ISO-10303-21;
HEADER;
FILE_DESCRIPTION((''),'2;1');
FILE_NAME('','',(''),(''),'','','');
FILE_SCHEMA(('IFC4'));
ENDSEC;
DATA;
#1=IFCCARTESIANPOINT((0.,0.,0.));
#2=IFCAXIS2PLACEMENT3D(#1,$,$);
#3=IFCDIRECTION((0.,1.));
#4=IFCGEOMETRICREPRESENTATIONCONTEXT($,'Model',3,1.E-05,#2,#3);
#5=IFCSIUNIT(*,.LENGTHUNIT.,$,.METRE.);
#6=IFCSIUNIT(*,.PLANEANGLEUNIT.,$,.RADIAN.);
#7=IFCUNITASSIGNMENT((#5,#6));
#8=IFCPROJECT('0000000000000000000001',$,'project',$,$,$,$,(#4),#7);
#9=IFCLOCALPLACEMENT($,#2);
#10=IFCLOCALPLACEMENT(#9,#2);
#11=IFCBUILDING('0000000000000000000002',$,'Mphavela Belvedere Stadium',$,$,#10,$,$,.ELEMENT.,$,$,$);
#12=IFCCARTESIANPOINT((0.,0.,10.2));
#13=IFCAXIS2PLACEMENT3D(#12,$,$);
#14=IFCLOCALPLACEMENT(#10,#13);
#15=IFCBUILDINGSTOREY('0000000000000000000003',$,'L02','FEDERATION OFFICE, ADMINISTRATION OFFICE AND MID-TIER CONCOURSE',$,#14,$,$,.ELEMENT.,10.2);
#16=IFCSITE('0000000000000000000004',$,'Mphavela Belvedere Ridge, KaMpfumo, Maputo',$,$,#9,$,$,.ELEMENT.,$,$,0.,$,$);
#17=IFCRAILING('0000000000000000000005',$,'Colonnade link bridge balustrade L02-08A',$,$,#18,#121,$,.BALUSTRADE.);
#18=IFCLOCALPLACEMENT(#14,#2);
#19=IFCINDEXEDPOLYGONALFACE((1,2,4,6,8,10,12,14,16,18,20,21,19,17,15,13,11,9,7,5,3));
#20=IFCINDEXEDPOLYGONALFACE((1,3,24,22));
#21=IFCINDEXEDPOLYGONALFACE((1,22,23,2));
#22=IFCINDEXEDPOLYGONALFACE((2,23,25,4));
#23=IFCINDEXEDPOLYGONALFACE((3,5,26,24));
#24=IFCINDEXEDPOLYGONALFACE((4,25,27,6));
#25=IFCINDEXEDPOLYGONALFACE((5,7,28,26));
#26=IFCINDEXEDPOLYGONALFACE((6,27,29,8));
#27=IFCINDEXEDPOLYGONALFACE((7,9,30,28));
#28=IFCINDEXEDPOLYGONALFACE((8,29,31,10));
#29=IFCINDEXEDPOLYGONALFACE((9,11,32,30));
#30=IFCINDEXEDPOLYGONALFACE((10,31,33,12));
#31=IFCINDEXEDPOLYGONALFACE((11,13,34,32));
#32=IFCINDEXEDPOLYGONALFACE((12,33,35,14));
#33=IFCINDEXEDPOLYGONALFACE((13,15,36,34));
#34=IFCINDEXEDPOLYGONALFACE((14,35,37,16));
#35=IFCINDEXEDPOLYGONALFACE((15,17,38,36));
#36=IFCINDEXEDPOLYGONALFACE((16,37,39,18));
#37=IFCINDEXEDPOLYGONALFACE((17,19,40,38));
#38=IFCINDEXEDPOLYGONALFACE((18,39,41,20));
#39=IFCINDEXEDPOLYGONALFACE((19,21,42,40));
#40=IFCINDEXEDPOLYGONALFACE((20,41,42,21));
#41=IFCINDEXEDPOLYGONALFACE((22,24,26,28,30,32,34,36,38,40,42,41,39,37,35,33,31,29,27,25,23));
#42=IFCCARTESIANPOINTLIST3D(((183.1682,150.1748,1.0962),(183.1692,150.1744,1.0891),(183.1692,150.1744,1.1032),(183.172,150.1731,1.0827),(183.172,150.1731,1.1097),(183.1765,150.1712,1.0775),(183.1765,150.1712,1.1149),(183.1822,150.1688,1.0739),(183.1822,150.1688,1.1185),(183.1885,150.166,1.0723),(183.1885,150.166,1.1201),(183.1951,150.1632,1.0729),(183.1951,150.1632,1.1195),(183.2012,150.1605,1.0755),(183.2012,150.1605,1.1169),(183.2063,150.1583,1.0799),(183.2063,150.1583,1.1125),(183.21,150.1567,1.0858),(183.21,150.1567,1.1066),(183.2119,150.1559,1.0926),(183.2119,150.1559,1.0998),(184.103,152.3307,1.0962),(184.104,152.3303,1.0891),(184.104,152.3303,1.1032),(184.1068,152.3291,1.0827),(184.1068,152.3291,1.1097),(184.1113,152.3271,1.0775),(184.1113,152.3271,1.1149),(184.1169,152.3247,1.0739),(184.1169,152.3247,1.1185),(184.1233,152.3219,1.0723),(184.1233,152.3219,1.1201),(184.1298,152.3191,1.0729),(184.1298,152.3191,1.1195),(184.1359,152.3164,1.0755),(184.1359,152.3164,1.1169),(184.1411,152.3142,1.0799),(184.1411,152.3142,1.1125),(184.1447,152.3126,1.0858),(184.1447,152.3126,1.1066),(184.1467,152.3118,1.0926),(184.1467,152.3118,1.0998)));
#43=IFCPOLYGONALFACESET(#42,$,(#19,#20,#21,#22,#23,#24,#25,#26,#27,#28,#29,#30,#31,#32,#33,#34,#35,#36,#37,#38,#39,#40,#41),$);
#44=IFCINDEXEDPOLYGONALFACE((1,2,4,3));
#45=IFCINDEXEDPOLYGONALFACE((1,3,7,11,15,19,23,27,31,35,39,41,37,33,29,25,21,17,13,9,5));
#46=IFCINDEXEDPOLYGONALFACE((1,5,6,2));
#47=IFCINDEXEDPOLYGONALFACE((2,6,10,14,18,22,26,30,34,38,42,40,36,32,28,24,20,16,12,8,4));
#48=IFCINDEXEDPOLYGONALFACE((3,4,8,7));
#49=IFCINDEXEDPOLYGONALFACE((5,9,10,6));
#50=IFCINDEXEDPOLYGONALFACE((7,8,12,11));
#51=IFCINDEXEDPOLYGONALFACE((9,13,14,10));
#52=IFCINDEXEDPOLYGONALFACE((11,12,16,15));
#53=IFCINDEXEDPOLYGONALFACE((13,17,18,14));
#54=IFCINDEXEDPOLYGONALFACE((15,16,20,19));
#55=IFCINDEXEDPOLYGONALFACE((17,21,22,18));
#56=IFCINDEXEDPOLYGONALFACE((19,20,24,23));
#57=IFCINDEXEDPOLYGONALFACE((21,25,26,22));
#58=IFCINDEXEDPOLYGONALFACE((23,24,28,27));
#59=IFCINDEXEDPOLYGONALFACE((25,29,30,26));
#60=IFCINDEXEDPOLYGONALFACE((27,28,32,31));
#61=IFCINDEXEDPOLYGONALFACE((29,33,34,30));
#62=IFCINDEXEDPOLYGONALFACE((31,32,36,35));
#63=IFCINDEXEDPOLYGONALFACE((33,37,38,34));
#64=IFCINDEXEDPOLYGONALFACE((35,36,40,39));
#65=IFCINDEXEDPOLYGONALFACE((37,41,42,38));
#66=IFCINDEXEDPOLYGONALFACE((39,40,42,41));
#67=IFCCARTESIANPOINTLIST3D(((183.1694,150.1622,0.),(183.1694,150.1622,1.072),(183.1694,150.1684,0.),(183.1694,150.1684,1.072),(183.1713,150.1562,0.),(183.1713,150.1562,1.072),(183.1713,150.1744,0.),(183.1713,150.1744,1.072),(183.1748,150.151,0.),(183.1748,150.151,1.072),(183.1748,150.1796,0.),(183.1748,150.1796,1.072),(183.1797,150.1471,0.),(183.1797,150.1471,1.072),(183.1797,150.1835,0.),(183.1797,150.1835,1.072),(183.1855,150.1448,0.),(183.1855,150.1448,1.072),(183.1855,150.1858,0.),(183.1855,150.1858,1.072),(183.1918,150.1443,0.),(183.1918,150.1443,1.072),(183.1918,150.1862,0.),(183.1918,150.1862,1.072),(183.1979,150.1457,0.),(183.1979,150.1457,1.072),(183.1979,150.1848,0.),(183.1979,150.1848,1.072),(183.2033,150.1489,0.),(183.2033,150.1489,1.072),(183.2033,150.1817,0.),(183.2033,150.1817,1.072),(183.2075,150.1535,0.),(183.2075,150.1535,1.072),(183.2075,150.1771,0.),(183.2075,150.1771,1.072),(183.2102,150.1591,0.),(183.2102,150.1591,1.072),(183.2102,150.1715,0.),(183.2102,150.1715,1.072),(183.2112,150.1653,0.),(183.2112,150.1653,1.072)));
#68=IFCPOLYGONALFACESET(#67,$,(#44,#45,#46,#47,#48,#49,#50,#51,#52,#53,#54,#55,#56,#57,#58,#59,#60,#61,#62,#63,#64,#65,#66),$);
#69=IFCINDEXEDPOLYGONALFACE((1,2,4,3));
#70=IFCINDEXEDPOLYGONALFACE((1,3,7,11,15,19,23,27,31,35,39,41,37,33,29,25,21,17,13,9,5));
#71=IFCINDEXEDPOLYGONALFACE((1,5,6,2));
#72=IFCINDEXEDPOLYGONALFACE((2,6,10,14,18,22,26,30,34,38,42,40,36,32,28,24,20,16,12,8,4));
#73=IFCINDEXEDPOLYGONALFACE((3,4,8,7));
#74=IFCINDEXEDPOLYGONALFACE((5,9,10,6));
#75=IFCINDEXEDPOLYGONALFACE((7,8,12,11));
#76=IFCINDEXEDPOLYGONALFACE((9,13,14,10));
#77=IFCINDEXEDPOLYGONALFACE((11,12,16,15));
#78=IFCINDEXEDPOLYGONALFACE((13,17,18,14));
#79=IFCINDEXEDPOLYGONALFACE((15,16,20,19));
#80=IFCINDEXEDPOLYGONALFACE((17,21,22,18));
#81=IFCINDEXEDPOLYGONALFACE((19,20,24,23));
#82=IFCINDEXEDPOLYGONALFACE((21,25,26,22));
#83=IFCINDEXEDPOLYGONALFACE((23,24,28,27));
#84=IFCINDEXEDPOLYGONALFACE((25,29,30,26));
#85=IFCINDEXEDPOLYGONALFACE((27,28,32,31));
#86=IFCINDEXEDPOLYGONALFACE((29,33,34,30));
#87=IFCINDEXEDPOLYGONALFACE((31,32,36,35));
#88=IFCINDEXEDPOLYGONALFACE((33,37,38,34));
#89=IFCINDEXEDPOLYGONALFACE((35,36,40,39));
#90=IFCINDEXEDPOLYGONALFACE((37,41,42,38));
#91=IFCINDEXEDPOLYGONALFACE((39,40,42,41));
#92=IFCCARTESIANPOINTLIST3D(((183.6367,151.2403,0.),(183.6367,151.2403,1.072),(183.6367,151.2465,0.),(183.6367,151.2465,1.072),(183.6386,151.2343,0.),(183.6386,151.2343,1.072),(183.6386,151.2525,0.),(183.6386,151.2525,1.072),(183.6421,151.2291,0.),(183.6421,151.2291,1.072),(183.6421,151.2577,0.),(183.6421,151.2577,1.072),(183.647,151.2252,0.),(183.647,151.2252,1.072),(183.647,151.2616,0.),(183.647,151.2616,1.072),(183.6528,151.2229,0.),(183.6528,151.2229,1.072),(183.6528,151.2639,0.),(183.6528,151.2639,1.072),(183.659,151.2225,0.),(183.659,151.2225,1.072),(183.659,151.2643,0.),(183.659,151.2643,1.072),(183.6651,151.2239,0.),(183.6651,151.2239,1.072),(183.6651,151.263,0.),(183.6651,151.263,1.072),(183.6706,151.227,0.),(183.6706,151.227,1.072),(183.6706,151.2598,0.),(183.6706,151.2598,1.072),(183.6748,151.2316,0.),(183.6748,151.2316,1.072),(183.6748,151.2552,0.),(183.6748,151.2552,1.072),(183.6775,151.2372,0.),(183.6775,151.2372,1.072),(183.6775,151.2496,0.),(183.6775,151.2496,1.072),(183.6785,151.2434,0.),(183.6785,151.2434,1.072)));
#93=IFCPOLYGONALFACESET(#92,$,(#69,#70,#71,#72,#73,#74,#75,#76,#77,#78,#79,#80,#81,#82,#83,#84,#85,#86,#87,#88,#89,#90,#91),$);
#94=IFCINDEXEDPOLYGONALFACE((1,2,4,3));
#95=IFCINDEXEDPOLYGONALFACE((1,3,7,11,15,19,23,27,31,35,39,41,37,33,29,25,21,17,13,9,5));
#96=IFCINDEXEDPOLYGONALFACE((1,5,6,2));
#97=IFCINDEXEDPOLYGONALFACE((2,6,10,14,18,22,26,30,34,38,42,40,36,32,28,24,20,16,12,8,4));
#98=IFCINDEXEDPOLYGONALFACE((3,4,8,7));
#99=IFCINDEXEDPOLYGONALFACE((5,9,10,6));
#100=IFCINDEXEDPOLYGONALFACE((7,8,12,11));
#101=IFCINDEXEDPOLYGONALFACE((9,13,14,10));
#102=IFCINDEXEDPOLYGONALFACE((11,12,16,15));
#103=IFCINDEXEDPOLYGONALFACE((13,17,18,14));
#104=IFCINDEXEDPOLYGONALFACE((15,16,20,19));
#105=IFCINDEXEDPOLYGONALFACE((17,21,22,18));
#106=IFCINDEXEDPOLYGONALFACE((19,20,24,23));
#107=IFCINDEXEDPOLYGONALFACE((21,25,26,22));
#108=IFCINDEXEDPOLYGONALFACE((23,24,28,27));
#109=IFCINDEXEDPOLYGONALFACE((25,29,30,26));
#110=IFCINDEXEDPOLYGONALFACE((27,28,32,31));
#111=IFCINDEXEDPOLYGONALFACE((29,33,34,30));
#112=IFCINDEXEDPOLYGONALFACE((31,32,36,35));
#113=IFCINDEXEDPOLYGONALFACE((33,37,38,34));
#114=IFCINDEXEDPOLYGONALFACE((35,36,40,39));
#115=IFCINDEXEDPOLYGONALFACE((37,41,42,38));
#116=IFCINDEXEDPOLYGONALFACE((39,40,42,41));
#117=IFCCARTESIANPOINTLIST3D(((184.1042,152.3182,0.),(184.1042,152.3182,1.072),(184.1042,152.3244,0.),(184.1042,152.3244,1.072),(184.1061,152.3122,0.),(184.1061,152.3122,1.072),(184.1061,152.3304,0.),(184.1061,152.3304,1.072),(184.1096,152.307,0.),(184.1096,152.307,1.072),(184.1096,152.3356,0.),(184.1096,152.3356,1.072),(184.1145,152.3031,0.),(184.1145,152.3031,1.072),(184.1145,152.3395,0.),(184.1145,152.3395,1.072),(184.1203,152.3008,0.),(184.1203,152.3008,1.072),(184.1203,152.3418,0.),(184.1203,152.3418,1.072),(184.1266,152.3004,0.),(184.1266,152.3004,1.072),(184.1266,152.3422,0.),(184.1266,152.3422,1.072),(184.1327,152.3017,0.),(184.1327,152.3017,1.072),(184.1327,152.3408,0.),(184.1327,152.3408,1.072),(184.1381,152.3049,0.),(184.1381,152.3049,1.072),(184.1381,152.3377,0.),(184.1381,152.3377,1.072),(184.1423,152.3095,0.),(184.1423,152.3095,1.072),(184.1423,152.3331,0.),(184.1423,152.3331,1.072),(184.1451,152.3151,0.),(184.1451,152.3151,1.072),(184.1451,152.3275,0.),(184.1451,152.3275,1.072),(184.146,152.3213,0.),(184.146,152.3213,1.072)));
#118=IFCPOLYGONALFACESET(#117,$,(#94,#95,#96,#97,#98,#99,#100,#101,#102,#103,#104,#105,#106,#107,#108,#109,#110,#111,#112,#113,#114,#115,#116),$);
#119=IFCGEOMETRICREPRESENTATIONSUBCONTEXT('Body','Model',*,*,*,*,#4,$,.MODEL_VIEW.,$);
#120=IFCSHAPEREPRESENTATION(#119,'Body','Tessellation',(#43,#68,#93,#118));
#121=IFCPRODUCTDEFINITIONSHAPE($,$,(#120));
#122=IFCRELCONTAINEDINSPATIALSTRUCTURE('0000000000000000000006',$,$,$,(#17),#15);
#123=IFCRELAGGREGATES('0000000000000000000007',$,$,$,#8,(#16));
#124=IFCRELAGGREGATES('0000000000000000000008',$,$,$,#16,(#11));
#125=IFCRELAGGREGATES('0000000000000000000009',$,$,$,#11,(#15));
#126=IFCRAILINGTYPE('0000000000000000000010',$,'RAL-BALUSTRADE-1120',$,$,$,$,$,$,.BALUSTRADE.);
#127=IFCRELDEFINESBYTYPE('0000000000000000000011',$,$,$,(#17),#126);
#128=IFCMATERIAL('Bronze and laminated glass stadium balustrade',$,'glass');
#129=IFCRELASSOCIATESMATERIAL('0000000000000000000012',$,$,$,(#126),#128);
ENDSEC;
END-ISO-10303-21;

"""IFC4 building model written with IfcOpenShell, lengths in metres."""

from ifc_helpers import new_model, si_unit, direction, frame, origin, origin_2d, place, context, subcontext, project, spatial, circle, extrude, material, type_object, element, save


model = new_model("IFC4")

# Units and contexts
model_context = context("Model", 3, precision=1e-05, world=origin(), true_north=direction((0.0, 1.0)))
body_context = subcontext(model_context, "Body", "Model", "MODEL_VIEW")
ifc_project = project(units=[si_unit("LENGTHUNIT", "METRE"), si_unit("PLANEANGLEUNIT", "RADIAN")], contexts=[model_context])

# Site, building, storey
site_placement = place(None, origin())
site = spatial("IfcSite", under=ifc_project, at=site_placement, Name="Mphavela Belvedere Ridge, KaMpfumo, Maputo", CompositionType="ELEMENT", RefElevation=0.0)
building_placement = place(site_placement, origin())
building = spatial("IfcBuilding", under=site, at=building_placement, Name="Mphavela Belvedere Stadium", CompositionType="ELEMENT")
storey_placement = place(building_placement, frame((0.0, 0.0, 10.2)))
storey = spatial("IfcBuildingStorey", under=building, at=storey_placement, Name="L02", Description="FEDERATION OFFICE, ADMINISTRATION OFFICE AND MID-TIER CONCOURSE", CompositionType="ELEMENT", Elevation=10.2)

# Railing
ifc_material_1 = material(Name="Bronze and laminated glass stadium balustrade", Category="glass")
railing_type_1 = type_object("IfcRailingType", Name="RAL-BALUSTRADE-1120", PredefinedType="BALUSTRADE", material=ifc_material_1)
railing_1_placement = place(storey_placement, frame((183.1902, 150.1653, 0.0)))
element("IfcRailing", 1, at=railing_1_placement, inside=storey, type_object=railing_type_1, Name="Colonnade link bridge balustrade L02-08A", PredefinedType="BALUSTRADE", context=body_context, shape_type="SweptSolid", body=[
    extrude(circle(Radius=0.0239, at=origin_2d()), frame((0.0, 0.0, 1.0962), z_axis=(0.397803, 0.917471, 0.0), x_axis=(-0.917471, 0.397803, 0.0)), (0.0, 0.0, 1.0), 2.3499),
    extrude(circle(Radius=0.021, at=origin_2d()), origin(), (0.0, 0.0, 1.0), 1.072),
    extrude(circle(Radius=0.021, at=origin_2d()), frame((0.4673, 1.0781, 0.0)), (0.0, 0.0, 1.0), 1.072),
    extrude(circle(Radius=0.021, at=origin_2d()), frame((0.9348, 2.156, 0.0)), (0.0, 0.0, 1.0), 1.072),
])

save(model, "model.ifc")
